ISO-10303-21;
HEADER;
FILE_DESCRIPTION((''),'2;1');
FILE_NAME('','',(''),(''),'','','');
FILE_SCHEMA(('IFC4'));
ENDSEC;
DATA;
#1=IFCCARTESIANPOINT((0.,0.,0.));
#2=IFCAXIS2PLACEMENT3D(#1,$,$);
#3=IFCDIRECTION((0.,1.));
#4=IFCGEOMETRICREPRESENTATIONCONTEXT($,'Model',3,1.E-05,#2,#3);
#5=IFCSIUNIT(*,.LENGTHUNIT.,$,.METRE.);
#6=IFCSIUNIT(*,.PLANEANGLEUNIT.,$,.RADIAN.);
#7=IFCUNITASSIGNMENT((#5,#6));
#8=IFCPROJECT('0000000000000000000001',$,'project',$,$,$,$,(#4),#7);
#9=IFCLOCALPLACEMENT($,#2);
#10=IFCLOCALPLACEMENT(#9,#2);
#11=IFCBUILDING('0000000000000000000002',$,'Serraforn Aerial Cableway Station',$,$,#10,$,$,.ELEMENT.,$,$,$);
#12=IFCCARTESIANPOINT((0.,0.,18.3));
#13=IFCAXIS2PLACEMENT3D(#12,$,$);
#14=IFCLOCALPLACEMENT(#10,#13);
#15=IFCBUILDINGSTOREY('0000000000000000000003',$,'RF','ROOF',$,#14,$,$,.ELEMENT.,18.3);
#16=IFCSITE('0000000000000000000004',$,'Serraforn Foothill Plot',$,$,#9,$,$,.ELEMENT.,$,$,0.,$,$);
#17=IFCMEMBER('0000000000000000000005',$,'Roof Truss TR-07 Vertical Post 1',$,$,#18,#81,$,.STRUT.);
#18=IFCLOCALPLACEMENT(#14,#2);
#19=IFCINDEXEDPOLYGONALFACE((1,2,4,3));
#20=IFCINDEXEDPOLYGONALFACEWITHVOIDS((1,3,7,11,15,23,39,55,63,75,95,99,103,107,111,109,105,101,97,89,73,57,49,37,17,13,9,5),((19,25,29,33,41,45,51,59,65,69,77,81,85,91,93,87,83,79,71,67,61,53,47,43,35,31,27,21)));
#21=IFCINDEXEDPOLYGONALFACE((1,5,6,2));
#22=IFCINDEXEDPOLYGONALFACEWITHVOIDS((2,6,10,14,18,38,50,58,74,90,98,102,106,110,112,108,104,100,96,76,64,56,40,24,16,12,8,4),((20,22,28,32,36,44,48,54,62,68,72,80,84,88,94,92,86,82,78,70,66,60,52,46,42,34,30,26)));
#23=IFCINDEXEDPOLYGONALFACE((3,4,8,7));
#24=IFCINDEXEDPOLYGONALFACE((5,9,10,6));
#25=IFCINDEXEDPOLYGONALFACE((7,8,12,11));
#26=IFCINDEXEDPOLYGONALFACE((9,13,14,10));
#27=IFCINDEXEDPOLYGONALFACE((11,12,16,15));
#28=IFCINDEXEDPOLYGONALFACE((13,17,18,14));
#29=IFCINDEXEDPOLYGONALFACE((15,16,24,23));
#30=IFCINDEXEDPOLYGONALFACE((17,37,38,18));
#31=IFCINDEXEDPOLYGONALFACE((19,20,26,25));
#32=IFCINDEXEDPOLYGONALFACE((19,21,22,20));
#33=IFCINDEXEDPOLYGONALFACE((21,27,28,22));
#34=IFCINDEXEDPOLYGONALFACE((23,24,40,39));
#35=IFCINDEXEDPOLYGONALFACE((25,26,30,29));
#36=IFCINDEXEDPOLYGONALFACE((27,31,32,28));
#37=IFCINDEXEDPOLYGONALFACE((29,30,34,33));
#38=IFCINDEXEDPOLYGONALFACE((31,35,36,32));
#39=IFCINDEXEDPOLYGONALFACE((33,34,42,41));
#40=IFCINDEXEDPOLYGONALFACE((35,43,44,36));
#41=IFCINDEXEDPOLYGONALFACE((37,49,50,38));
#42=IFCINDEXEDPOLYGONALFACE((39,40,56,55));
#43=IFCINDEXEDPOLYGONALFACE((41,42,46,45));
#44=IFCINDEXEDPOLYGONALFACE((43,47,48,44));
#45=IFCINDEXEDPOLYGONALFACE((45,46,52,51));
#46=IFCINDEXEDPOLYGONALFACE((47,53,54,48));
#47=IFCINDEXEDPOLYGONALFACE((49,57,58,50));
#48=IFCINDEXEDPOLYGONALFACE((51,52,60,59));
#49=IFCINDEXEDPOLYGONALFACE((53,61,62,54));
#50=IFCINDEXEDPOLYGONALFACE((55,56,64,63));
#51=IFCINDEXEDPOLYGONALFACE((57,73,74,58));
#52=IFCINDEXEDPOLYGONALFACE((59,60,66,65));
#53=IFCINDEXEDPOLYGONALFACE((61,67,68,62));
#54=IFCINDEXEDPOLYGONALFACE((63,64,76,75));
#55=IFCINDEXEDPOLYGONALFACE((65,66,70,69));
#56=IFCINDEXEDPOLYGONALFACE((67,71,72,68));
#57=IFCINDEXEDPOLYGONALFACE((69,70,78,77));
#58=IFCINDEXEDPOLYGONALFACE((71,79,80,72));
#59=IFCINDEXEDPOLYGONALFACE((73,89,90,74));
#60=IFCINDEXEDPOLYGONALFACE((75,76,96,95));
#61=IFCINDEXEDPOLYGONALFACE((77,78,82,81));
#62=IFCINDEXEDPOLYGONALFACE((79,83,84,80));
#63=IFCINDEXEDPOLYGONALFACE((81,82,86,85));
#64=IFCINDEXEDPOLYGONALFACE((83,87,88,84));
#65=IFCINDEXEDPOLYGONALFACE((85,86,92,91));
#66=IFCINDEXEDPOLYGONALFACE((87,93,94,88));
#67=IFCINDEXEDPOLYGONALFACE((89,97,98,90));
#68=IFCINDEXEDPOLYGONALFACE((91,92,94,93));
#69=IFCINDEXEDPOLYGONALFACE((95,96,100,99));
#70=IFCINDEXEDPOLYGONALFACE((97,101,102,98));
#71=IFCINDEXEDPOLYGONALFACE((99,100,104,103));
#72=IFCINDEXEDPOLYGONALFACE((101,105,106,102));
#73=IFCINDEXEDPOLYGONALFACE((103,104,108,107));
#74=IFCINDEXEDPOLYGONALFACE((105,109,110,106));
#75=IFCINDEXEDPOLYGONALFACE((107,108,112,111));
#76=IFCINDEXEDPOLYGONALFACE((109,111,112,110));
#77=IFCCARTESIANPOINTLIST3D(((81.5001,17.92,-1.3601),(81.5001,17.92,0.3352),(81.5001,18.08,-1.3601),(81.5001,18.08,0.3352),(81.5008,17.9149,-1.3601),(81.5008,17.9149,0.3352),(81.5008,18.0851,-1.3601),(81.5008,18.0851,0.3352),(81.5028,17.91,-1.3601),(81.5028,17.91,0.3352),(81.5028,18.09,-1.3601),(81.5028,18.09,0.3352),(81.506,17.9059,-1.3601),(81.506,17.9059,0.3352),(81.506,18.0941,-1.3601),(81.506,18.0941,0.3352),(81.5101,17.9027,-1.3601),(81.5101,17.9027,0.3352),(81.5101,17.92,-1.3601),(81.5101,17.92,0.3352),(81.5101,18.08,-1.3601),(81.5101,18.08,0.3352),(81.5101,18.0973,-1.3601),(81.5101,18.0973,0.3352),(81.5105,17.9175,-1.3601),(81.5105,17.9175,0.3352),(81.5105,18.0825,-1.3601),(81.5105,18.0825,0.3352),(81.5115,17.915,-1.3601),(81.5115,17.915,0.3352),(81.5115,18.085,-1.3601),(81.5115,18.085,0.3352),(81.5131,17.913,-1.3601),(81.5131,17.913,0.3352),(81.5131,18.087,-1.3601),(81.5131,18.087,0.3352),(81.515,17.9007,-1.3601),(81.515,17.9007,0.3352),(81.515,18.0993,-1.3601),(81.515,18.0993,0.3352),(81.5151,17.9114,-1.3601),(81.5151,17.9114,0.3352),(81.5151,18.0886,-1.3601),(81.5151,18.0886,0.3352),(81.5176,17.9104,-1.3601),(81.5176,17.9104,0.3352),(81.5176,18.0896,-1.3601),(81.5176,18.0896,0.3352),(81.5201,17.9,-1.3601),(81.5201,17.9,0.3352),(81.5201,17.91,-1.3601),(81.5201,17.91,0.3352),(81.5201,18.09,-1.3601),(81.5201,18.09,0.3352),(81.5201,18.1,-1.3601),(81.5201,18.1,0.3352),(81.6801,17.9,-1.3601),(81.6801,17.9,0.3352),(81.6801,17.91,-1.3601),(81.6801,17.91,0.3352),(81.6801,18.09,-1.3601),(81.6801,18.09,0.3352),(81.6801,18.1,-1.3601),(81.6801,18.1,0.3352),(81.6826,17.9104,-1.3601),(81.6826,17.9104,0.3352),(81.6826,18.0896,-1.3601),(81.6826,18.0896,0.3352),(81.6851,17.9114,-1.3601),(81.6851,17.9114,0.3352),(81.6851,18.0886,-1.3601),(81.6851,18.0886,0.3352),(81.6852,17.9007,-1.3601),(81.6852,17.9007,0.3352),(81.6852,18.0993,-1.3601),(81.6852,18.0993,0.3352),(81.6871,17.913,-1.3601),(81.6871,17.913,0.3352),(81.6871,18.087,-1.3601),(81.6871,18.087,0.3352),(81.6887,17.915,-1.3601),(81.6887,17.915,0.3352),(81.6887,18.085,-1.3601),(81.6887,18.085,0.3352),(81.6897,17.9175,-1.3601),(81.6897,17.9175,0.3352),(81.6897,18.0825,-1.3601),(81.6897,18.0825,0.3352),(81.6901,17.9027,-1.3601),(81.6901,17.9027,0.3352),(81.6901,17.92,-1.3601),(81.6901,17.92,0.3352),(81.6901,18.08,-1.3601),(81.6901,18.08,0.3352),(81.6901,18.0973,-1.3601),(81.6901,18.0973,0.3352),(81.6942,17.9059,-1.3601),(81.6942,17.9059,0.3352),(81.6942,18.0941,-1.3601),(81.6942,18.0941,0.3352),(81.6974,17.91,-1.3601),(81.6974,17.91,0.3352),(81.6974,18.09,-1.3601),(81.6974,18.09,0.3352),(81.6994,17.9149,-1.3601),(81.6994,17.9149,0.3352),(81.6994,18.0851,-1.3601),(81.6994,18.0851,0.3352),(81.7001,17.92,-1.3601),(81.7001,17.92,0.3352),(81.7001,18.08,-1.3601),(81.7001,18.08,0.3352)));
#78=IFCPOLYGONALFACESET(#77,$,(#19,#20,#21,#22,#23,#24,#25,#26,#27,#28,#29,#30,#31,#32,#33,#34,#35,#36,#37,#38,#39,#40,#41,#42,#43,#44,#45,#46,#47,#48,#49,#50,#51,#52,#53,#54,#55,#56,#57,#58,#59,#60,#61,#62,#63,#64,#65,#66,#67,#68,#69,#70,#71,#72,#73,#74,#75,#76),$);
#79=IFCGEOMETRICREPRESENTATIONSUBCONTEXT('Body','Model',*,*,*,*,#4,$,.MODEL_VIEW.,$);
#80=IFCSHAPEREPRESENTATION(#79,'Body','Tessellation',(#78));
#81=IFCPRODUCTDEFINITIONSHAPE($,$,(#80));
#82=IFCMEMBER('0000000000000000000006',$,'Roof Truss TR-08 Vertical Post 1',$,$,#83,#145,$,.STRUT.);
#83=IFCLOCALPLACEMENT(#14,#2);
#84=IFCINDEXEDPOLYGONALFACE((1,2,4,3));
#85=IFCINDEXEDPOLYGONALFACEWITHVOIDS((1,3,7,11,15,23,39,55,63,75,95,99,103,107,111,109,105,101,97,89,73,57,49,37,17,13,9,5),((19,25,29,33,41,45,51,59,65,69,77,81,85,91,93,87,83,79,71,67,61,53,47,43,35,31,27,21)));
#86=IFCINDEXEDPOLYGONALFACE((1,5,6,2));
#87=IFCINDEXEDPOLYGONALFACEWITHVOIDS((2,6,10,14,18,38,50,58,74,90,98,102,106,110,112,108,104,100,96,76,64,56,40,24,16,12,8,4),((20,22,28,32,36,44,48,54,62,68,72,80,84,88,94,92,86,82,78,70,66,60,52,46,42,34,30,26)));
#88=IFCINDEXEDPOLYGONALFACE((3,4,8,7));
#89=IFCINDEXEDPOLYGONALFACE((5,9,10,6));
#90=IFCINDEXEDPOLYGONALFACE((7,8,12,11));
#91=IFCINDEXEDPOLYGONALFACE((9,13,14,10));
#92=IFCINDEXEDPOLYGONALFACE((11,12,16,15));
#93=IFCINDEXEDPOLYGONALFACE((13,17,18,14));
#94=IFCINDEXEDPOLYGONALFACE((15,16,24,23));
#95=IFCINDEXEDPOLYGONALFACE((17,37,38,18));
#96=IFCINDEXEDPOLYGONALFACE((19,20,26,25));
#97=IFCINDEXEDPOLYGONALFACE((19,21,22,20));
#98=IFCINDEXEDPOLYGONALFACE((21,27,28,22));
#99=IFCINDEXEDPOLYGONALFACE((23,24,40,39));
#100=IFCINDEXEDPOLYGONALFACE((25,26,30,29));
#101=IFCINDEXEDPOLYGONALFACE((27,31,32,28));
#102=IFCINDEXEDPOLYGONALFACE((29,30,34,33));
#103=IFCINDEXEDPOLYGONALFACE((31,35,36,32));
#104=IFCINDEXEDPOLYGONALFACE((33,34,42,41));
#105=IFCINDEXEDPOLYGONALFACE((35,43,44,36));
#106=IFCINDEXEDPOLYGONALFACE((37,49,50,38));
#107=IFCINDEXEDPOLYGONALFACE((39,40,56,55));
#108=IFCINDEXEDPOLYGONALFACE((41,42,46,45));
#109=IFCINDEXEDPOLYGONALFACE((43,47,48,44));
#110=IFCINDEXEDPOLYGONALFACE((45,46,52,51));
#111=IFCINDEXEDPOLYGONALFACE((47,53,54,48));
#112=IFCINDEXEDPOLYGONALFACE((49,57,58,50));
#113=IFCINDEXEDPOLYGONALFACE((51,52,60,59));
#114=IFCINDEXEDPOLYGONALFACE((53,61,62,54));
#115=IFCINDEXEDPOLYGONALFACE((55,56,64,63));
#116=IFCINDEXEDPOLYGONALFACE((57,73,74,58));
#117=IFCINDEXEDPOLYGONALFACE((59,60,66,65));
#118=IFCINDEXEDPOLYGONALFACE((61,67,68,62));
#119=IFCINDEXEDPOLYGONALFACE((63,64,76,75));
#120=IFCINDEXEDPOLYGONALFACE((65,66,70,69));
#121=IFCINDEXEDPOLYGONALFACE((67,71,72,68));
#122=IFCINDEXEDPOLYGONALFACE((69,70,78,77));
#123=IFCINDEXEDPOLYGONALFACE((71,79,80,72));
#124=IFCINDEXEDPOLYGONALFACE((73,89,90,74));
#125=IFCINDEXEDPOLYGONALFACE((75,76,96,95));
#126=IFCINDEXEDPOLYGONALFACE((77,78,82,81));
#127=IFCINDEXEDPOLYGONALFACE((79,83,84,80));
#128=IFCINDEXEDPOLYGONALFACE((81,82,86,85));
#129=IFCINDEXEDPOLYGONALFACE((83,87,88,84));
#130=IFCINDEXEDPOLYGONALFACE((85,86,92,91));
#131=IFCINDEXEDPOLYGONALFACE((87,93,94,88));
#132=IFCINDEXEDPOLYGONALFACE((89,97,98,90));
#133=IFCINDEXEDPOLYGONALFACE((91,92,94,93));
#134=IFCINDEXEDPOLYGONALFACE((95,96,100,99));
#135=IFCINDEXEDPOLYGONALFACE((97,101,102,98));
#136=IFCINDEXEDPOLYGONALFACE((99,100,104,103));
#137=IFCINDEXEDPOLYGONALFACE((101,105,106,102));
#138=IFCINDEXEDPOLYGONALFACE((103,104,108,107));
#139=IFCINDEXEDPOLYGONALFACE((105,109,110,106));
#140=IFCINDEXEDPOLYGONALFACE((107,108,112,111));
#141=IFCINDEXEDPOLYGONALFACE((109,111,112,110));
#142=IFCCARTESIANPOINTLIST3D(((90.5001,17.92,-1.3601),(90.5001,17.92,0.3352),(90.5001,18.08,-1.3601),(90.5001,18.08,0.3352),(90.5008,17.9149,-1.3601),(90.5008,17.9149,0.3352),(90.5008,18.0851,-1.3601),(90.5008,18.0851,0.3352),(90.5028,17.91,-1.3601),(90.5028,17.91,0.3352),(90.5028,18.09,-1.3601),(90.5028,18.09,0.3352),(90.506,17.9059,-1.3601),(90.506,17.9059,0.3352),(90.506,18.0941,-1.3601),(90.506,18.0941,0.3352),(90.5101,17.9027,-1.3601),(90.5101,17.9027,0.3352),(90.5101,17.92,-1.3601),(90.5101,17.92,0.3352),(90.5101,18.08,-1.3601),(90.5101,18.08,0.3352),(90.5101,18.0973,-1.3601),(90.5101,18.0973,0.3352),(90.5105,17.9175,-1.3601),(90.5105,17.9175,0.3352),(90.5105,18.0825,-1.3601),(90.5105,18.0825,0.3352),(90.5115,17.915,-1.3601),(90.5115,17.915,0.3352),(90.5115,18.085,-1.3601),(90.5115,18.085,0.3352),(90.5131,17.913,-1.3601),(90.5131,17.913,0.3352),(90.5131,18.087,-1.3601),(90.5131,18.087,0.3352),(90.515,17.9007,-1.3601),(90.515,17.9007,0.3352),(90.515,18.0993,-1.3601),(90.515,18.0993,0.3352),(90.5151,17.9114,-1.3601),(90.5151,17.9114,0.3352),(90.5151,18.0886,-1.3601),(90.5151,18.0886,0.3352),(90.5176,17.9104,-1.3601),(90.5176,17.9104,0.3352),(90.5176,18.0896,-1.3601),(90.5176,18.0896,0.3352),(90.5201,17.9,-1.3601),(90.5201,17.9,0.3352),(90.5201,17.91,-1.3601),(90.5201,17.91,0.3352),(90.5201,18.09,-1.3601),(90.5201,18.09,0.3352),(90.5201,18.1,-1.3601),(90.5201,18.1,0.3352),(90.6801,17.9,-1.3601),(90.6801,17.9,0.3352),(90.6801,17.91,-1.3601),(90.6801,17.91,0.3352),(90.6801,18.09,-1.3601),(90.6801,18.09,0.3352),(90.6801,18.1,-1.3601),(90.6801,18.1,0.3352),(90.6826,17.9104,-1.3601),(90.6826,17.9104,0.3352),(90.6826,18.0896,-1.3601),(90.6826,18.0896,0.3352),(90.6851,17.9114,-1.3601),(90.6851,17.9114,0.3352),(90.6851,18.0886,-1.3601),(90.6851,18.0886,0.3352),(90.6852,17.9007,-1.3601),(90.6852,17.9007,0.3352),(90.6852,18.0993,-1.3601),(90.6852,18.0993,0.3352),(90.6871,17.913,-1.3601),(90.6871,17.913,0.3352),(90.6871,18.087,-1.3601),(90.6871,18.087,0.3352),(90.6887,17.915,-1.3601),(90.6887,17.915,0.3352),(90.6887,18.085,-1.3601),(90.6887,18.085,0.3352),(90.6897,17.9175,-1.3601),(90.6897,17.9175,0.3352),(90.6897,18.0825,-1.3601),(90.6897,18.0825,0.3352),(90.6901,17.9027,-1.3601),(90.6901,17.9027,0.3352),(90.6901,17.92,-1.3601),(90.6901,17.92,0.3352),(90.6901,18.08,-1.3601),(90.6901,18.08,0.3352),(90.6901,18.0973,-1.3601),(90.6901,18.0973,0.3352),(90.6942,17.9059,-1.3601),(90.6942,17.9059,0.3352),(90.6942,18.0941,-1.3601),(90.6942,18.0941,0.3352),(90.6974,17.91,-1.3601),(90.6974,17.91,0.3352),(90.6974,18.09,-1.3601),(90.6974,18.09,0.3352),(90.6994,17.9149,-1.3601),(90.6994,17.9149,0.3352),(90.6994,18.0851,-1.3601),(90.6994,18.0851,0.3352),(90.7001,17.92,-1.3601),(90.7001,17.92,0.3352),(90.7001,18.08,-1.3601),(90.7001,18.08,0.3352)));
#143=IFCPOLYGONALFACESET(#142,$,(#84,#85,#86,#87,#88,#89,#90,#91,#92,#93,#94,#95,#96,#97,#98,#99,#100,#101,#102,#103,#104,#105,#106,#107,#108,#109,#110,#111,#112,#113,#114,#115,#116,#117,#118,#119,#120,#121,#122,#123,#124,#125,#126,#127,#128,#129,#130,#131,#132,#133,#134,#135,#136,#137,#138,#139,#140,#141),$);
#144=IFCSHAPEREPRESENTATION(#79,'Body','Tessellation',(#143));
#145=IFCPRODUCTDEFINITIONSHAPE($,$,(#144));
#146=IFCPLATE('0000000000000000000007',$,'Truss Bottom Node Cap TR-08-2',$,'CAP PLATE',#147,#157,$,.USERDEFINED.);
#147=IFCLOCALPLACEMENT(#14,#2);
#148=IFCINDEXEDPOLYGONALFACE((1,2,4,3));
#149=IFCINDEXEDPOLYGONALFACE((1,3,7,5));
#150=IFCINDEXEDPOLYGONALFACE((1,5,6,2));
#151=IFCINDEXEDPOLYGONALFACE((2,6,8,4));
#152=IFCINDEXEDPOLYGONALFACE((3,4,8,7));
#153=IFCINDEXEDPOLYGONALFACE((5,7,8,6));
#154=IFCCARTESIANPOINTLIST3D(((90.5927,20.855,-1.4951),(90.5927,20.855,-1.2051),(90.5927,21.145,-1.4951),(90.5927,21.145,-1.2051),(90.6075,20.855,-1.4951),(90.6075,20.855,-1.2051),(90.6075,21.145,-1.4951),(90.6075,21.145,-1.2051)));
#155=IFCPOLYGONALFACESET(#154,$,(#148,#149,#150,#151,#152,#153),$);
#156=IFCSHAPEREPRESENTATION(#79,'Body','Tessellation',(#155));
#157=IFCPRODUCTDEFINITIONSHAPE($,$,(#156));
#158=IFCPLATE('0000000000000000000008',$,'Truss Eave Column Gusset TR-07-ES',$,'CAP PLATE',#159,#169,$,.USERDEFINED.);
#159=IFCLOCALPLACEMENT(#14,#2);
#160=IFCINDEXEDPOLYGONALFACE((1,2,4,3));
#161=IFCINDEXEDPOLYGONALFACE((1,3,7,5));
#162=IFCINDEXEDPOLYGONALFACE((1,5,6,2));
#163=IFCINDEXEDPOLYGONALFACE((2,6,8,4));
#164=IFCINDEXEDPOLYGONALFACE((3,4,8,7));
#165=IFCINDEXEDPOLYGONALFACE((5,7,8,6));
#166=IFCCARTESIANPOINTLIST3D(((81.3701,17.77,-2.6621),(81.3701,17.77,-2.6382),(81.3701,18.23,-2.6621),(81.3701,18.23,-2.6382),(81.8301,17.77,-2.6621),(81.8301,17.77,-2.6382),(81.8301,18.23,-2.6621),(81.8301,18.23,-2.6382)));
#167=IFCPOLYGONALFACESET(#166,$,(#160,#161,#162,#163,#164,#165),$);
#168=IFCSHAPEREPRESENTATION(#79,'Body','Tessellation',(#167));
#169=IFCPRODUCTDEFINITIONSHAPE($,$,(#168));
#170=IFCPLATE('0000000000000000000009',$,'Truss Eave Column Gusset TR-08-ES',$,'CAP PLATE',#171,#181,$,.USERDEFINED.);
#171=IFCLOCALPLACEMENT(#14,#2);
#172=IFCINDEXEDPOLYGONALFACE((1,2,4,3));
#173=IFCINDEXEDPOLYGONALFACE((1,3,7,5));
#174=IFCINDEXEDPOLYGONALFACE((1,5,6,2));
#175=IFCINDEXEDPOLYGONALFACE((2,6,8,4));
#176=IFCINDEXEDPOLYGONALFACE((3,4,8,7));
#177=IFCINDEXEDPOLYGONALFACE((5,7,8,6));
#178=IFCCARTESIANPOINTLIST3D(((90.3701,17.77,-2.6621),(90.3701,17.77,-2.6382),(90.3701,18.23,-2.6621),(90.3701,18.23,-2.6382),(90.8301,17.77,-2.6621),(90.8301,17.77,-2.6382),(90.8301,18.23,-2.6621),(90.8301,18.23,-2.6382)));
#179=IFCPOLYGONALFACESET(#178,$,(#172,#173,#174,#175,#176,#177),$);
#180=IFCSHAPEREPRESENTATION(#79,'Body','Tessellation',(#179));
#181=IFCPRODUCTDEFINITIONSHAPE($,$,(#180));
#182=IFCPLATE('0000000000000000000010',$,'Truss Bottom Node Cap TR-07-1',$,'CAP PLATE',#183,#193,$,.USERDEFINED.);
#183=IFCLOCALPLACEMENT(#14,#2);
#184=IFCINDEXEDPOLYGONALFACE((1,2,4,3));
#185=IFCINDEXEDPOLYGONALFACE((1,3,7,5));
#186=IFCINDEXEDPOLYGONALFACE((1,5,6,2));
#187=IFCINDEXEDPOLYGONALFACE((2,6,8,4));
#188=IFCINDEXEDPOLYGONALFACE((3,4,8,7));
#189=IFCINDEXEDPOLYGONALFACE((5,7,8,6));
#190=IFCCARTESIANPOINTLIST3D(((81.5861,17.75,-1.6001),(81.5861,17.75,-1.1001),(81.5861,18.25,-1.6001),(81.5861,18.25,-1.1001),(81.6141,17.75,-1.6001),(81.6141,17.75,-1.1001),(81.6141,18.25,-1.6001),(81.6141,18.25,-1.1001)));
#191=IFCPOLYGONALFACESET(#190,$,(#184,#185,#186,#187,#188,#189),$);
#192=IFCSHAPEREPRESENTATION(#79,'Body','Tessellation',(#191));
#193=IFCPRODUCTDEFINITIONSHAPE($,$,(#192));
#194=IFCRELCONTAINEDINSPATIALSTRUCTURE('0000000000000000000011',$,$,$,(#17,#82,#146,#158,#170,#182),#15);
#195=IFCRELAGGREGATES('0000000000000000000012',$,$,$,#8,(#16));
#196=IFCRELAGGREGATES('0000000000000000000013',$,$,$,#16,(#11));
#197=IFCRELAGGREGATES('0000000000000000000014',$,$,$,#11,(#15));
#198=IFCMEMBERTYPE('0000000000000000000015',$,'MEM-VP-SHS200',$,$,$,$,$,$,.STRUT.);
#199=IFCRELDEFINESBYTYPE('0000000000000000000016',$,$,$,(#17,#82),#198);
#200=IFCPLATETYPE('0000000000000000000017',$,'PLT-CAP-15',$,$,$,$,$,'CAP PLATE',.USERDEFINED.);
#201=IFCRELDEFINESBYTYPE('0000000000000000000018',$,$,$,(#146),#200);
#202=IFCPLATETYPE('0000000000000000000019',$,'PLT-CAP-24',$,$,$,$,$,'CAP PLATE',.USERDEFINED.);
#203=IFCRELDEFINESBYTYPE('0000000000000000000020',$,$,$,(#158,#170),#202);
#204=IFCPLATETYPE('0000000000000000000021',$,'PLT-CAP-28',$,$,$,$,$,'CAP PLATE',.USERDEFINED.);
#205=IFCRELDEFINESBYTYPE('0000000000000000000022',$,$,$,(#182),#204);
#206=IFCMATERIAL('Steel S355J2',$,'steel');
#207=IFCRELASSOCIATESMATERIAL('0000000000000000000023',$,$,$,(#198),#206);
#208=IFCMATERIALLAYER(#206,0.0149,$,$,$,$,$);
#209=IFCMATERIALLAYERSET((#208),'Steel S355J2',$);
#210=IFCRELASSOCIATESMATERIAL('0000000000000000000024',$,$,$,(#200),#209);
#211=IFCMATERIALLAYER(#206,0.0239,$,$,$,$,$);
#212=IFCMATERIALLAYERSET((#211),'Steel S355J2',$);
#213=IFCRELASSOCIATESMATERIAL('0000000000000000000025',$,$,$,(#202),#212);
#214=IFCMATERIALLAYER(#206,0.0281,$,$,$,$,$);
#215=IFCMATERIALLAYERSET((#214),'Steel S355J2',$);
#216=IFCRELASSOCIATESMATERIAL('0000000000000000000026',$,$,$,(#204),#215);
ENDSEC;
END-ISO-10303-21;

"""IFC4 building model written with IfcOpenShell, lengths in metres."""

from ifc_helpers import new_model, si_unit, direction, frame, origin, origin_2d, place, context, subcontext, project, spatial, rectangle, hollow_rectangle, extrude, material, layer, layer_set, material_profile, profile_set, type_object, element, save


model = new_model("IFC4")

# Units and contexts
model_context = context("Model", 3, precision=1e-05, world=origin(), true_north=direction((0.0, 1.0)))
body_context = subcontext(model_context, "Body", "Model", "MODEL_VIEW")
ifc_project = project(units=[si_unit("LENGTHUNIT", "METRE"), si_unit("PLANEANGLEUNIT", "RADIAN")], contexts=[model_context])

# Site, building, storey
site_placement = place(None, origin())
site = spatial("IfcSite", under=ifc_project, at=site_placement, Name="Serraforn Foothill Plot", CompositionType="ELEMENT", RefElevation=0.0)
building_placement = place(site_placement, origin())
building = spatial("IfcBuilding", under=site, at=building_placement, Name="Serraforn Aerial Cableway Station", CompositionType="ELEMENT")
storey_placement = place(building_placement, frame((0.0, 0.0, 18.3)))
storey = spatial("IfcBuildingStorey", under=building, at=storey_placement, Name="RF", Description="ROOF", CompositionType="ELEMENT", Elevation=18.3)

# Members
ifc_material_1 = material(Name="Steel S355J2", Category="steel")
ifc_material_profile_1 = material_profile(ifc_material_1, hollow_rectangle(XDim=0.2, YDim=0.2, WallThickness=0.01, InnerFilletRadius=0.01, OuterFilletRadius=0.02, at=origin_2d()), Name="SHS 200x200x10.0")
ifc_profile_set_1 = profile_set([ifc_material_profile_1], Name="Steel S355J2")
member_type_1 = type_object("IfcMemberType", Name="MEM-VP-SHS200", PredefinedType="STRUT", material=ifc_profile_set_1)
for number, where, z_axis, x_axis, name in (
    (1, (81.6001, 18.0, -1.3601), (0.0, 0.0, 1.0), (1.0, 0.0, 0.0), "Roof Truss TR-07 Vertical Post 1"),
    (2, (90.6001, 18.0, -1.3601), (0.0, 0.0, 1.0), (1.0, 0.0, 0.0), "Roof Truss TR-08 Vertical Post 1"),
):
    element("IfcMember", number, at=place(storey_placement, frame(where, z_axis=z_axis, x_axis=x_axis)), inside=storey, type_object=member_type_1, Name=name, PredefinedType="STRUT", context=body_context, shape_type="SweptSolid", body=[
        extrude(hollow_rectangle(XDim=0.2, YDim=0.2, WallThickness=0.01, InnerFilletRadius=0.01, OuterFilletRadius=0.02, at=origin_2d()), origin(), (0.0, 0.0, 1.0), 1.6953),
    ])

# Plates
ifc_layer_1 = layer(ifc_material_1, 0.0149)
ifc_layer_set_1 = layer_set([ifc_layer_1], Name="Steel S355J2")
plate_type_1 = type_object("IfcPlateType", Name="PLT-CAP-15", ElementType="CAP PLATE", PredefinedType="USERDEFINED", material=ifc_layer_set_1)
plate_1_placement = place(storey_placement, frame((90.6001, 21.0, -1.4951), z_axis=(0.0, 0.0, 1.0), x_axis=(1.0, 0.0, 0.0)))
element("IfcPlate", 3, at=plate_1_placement, inside=storey, type_object=plate_type_1, Name="Truss Bottom Node Cap TR-08-2", ObjectType="CAP PLATE", PredefinedType="USERDEFINED", context=body_context, shape_type="SweptSolid", body=[
    extrude(rectangle(XDim=0.0149, YDim=0.29, at=origin_2d()), origin(), (0.0, 0.0, 1.0), 0.29),
])
ifc_layer_2 = layer(ifc_material_1, 0.0239)
ifc_layer_set_2 = layer_set([ifc_layer_2], Name="Steel S355J2")
plate_type_2 = type_object("IfcPlateType", Name="PLT-CAP-24", ElementType="CAP PLATE", PredefinedType="USERDEFINED", material=ifc_layer_set_2)
for number, where, z_axis, x_axis, name in (
    (4, (81.6001, 18.0, -2.6621), (0.0, 0.0, 1.0), (1.0, 0.0, 0.0), "Truss Eave Column Gusset TR-07-ES"),
    (5, (90.6001, 18.0, -2.6621), (0.0, 0.0, 1.0), (1.0, 0.0, 0.0), "Truss Eave Column Gusset TR-08-ES"),
):
    element("IfcPlate", number, at=place(storey_placement, frame(where, z_axis=z_axis, x_axis=x_axis)), inside=storey, type_object=plate_type_2, Name=name, ObjectType="CAP PLATE", PredefinedType="USERDEFINED", context=body_context, shape_type="SweptSolid", body=[
        extrude(rectangle(XDim=0.46, YDim=0.46, at=origin_2d()), origin(), (0.0, 0.0, 1.0), 0.0239),
    ])
ifc_layer_3 = layer(ifc_material_1, 0.0281)
ifc_layer_set_3 = layer_set([ifc_layer_3], Name="Steel S355J2")
plate_type_3 = type_object("IfcPlateType", Name="PLT-CAP-28", ElementType="CAP PLATE", PredefinedType="USERDEFINED", material=ifc_layer_set_3)
plate_2_placement = place(storey_placement, frame((81.6001, 18.0, -1.6001), z_axis=(0.0, 0.0, 1.0), x_axis=(1.0, 0.0, 0.0)))
element("IfcPlate", 6, at=plate_2_placement, inside=storey, type_object=plate_type_3, Name="Truss Bottom Node Cap TR-07-1", ObjectType="CAP PLATE", PredefinedType="USERDEFINED", context=body_context, shape_type="SweptSolid", body=[
    extrude(rectangle(XDim=0.0281, YDim=0.5, at=origin_2d()), origin(), (0.0, 0.0, 1.0), 0.5),
])

save(model, "model.ifc")
